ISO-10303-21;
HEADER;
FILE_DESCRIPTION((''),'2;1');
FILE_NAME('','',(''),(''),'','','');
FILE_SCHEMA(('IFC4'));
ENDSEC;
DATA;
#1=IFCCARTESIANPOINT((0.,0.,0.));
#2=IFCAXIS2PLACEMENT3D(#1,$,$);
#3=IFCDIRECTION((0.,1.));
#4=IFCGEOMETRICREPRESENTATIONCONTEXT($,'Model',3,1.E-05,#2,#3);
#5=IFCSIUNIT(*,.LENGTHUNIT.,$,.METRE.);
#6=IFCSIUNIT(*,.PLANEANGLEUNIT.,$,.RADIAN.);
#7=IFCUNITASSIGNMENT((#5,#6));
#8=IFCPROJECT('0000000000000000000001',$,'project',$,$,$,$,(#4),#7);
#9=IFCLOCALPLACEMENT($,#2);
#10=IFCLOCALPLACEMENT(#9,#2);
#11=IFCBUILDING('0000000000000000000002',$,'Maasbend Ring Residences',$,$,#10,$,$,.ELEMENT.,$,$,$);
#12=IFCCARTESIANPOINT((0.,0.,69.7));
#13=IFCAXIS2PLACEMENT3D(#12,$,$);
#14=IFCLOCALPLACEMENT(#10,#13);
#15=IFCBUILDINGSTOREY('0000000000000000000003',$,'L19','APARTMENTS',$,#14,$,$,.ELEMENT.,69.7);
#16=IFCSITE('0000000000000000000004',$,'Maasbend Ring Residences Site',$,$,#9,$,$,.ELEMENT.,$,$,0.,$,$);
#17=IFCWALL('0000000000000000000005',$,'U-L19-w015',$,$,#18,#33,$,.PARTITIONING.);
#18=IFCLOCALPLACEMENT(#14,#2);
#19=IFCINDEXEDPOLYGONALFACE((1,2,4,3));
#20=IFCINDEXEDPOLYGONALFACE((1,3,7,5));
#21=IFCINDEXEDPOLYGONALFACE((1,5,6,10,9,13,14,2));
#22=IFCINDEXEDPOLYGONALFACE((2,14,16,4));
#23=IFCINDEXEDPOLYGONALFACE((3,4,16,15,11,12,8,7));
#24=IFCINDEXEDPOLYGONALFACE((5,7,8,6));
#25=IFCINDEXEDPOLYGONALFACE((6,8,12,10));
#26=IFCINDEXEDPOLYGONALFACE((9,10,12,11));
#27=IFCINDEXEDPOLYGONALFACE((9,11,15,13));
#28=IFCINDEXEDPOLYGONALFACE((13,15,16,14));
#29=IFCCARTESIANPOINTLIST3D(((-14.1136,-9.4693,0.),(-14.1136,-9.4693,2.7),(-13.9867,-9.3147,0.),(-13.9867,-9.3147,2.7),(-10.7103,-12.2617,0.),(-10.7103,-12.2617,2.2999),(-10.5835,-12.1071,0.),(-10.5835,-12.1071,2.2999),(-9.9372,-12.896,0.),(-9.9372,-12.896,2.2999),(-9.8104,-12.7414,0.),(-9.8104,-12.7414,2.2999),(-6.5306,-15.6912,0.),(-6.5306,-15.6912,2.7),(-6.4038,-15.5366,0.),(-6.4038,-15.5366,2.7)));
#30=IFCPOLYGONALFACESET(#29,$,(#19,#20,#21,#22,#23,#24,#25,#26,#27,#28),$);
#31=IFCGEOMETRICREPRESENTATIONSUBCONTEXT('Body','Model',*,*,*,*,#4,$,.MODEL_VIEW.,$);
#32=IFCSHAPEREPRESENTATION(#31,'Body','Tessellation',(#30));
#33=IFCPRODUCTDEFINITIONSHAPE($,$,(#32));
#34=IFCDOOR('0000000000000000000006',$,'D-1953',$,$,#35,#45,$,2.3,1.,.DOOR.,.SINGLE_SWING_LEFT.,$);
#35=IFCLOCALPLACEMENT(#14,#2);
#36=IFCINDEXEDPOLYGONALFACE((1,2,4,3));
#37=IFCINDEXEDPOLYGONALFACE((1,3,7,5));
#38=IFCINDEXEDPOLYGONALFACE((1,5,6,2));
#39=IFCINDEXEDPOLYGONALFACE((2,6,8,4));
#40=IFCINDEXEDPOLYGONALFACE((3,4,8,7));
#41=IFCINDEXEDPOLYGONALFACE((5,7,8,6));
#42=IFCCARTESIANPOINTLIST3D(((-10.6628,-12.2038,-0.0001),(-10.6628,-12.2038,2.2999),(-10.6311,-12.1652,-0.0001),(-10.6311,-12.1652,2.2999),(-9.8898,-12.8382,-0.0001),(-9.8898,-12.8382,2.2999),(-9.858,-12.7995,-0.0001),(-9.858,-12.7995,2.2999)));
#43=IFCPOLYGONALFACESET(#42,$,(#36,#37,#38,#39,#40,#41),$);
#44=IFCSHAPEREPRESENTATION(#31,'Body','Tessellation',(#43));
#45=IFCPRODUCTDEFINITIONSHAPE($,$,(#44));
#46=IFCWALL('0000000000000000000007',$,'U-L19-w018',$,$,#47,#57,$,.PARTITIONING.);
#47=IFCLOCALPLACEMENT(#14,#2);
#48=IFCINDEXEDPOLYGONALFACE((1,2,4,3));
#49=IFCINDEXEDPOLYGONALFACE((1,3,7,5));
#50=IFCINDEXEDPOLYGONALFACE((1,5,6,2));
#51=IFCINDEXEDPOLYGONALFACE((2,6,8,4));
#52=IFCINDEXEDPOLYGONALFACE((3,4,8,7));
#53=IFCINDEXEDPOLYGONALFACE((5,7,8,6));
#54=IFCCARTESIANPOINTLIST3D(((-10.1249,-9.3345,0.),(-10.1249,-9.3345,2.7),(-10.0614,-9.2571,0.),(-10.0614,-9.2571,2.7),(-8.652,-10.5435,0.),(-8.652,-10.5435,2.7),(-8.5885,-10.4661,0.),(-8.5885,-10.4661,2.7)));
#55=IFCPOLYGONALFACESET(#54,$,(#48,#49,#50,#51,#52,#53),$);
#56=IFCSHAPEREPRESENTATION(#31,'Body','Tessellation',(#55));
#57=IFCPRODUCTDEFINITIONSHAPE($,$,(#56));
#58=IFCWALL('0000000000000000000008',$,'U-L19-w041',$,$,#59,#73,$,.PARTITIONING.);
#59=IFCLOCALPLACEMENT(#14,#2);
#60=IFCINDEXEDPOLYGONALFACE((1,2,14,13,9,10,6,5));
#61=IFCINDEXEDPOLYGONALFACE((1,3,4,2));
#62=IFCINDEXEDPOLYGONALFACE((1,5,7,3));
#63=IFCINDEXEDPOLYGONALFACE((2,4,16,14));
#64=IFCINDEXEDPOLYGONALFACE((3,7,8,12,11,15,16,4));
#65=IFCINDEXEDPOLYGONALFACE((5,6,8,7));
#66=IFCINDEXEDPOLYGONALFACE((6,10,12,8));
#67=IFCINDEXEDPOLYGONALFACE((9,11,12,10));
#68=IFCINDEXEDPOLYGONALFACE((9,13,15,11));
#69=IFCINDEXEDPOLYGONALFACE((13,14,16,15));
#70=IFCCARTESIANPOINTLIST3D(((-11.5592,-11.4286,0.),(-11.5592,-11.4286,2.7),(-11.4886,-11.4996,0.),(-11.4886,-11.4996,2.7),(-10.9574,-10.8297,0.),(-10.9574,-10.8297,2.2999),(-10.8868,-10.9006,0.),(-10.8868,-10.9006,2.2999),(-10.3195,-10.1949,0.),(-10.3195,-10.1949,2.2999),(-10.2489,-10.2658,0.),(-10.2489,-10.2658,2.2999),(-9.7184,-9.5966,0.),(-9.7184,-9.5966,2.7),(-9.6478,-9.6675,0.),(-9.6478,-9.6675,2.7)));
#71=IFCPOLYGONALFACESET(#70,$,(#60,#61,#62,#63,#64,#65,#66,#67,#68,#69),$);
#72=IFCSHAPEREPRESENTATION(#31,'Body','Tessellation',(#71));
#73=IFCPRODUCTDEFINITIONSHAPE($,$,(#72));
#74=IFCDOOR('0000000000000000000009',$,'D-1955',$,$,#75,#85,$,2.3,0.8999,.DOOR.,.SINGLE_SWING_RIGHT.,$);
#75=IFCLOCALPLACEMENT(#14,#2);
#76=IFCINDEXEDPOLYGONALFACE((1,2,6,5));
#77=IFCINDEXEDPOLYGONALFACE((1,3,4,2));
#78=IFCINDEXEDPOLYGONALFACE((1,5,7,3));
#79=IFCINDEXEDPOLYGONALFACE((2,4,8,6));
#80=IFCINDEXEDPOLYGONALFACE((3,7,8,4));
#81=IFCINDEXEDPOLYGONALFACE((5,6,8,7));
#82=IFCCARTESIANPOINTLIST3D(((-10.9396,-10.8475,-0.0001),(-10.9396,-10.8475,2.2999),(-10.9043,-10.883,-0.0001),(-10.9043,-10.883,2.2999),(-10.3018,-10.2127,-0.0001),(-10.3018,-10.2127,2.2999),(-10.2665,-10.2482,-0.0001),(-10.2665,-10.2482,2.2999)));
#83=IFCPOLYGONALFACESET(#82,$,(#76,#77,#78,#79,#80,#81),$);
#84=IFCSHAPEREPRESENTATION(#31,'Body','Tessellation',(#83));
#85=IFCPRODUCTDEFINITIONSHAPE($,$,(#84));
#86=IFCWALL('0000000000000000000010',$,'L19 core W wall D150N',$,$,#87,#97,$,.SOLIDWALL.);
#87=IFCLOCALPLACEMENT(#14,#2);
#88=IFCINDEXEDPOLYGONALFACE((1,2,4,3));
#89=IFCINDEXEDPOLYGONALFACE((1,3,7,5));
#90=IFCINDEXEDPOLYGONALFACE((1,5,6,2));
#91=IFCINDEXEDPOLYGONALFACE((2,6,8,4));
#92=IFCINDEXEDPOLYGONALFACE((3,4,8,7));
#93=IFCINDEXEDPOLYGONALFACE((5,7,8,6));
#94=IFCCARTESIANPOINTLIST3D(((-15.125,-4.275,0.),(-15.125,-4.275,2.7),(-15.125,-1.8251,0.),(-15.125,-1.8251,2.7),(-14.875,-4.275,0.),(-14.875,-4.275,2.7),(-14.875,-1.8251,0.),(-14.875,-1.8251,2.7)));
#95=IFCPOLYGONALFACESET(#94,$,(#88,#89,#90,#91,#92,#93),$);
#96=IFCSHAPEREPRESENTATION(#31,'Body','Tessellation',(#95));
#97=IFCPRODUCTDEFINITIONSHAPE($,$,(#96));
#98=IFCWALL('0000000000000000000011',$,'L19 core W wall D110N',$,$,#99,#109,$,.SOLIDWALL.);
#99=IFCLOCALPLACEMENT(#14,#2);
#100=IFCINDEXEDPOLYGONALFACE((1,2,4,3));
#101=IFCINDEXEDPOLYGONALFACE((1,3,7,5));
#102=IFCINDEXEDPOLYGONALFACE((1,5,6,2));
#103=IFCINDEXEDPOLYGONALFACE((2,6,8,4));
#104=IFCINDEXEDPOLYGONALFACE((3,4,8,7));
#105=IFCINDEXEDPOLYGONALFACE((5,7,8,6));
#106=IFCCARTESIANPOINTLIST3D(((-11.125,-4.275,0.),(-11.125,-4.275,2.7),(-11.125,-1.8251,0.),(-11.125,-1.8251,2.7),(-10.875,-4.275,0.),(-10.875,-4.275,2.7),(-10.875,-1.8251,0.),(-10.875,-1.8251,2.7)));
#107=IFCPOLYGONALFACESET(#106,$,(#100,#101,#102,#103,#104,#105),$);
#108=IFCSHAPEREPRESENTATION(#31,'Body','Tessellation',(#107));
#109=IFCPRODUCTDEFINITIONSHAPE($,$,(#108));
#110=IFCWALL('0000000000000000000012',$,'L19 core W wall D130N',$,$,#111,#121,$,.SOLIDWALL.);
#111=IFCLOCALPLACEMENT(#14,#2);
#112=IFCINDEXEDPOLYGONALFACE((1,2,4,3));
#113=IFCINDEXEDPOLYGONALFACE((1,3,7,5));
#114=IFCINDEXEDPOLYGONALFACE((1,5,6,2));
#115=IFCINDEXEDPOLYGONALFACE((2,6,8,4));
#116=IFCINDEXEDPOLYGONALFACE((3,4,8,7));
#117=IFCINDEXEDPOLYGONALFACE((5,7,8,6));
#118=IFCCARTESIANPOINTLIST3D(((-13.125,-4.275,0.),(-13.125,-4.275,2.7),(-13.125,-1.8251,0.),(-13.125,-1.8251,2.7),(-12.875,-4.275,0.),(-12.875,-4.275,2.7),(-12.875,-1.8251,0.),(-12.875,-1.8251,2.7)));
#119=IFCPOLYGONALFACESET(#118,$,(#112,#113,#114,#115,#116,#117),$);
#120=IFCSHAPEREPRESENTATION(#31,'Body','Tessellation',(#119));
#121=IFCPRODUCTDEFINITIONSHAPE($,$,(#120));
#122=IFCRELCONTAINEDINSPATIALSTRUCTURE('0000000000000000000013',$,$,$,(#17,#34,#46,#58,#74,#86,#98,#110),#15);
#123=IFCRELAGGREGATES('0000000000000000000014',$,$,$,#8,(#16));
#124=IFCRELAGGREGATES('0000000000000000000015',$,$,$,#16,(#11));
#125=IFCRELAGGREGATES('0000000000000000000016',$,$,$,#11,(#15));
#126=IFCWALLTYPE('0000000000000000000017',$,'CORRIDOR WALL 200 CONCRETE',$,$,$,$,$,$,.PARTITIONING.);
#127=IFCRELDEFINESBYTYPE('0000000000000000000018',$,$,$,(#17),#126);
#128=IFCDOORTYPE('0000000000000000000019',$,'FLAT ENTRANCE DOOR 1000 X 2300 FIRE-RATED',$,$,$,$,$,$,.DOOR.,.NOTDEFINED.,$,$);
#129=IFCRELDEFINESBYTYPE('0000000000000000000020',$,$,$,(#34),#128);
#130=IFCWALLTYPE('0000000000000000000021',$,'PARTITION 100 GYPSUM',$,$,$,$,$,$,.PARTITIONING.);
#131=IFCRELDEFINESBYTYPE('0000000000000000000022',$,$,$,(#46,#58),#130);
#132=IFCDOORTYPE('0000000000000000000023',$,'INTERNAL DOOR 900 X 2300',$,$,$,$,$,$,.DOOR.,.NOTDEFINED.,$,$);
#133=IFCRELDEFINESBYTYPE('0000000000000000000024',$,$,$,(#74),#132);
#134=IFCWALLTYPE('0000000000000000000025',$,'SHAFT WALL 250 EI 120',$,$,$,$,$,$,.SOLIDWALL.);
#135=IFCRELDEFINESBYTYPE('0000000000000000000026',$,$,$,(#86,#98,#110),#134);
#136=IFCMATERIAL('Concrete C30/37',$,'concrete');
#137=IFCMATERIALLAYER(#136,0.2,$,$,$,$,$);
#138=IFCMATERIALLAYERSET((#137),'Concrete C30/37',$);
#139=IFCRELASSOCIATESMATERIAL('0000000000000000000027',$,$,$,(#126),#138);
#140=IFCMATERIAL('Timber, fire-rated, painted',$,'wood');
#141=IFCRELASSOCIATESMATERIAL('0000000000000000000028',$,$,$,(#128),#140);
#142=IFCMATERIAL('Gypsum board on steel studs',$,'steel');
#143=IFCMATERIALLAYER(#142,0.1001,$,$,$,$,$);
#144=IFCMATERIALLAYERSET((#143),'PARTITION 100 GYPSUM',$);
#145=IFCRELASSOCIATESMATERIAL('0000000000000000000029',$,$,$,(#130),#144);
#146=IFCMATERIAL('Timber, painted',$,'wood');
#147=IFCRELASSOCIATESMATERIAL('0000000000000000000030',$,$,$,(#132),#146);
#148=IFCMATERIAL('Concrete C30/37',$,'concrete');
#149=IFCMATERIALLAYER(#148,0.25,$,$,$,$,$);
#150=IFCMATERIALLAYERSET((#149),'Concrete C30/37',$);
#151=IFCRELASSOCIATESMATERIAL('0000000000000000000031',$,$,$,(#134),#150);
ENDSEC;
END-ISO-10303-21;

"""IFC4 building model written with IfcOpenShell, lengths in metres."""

from ifc_helpers import new_model, si_unit, direction, frame, frame_2d, origin, place, context, subcontext, project, spatial, rectangle, extrude, material, layer, layer_set, type_object, element, fill, save


model = new_model("IFC4")

# Units and contexts
model_context = context("Model", 3, precision=1e-05, world=origin(), true_north=direction((0.0, 1.0)))
body_context = subcontext(model_context, "Body", "Model", "MODEL_VIEW")
ifc_project = project(units=[si_unit("LENGTHUNIT", "METRE"), si_unit("PLANEANGLEUNIT", "RADIAN")], contexts=[model_context])

# Site, building, storey
site_placement = place(None, origin())
site = spatial("IfcSite", under=ifc_project, at=site_placement, Name="Maasbend Ring Residences Site", CompositionType="ELEMENT", RefElevation=0.0)
building_placement = place(site_placement, origin())
building = spatial("IfcBuilding", under=site, at=building_placement, Name="Maasbend Ring Residences", CompositionType="ELEMENT")
storey_placement = place(building_placement, frame((0.0, 0.0, 69.7)))
storey = spatial("IfcBuildingStorey", under=building, at=storey_placement, Name="L19", Description="APARTMENTS", CompositionType="ELEMENT", Elevation=69.7)

# Wall, opening, door
ifc_material_1 = material(Name="Concrete C30/37", Category="concrete")
ifc_layer_1 = layer(ifc_material_1, 0.2)
ifc_layer_set_1 = layer_set([ifc_layer_1], Name="Concrete C30/37")
wall_type_1 = type_object("IfcWallType", Name="CORRIDOR WALL 200 CONCRETE", PredefinedType="PARTITIONING", material=ifc_layer_set_1)
ifc_material_2 = material(Name="Timber, fire-rated, painted", Category="wood")
door_type_1 = type_object("IfcDoorType", Name="FLAT ENTRANCE DOOR 1000 X 2300 FIRE-RATED", OperationType="NOTDEFINED", PredefinedType="DOOR", material=ifc_material_2)
wall_1_placement = place(storey_placement, frame((-14.05, -9.3921, 0.0), z_axis=(0.0, 0.0, 1.0), x_axis=(0.773075, -0.634315, 0.0)))
wall_1 = element("IfcWall", 1, at=wall_1_placement, inside=storey, type_object=wall_type_1, Name="U-L19-w015", PredefinedType="PARTITIONING", context=body_context, shape_type="SweptSolid", body=[
    extrude(rectangle(XDim=9.8088, YDim=0.2, at=frame_2d((4.9043, 0.0))), origin(), (0.0, 0.0, 1.0), 2.7),
])
opening_1_placement = place(wall_1_placement, frame((4.4021, 0.0, 0.0)))
opening_1 = element("IfcOpeningElement", 2, at=opening_1_placement, cuts=wall_1, PredefinedType="OPENING", context=body_context, shape_type="SweptSolid", body=[
    extrude(rectangle(XDim=1.0, YDim=2.3, at=frame_2d((0.5, 1.1499))), frame((0.0, 0.1099, 0.0), z_axis=(0.0, -1.0, 0.0), x_axis=(1.0, 0.0, 0.0)), (0.0, 0.0, 1.0), 0.22),
])
door_1_placement = place(opening_1_placement, origin())
door_1 = element("IfcDoor", 3, at=door_1_placement, inside=storey, type_object=door_type_1, Name="D-1953", OperationType="SINGLE_SWING_LEFT", OverallHeight=2.3, OverallWidth=1.0, PredefinedType="DOOR", context=body_context, shape_type="SweptSolid", body=[
    extrude(rectangle(XDim=1.0, YDim=2.3, at=frame_2d((0.5, 1.1499))), frame((0.0, 0.0249, 0.0), z_axis=(0.0, -1.0, 0.0), x_axis=(1.0, 0.0, 0.0)), (0.0, 0.0, 1.0), 0.05),
])
fill(opening_1, door_1)

# Wall
ifc_material_3 = material(Name="Gypsum board on steel studs", Category="steel")
ifc_layer_2 = layer(ifc_material_3, 0.1001)
ifc_layer_set_2 = layer_set([ifc_layer_2], Name="PARTITION 100 GYPSUM")
wall_type_2 = type_object("IfcWallType", Name="PARTITION 100 GYPSUM", PredefinedType="PARTITIONING", material=ifc_layer_set_2)
wall_2_placement = place(storey_placement, frame((-10.093, -9.2959, 0.0), z_axis=(0.0, 0.0, 1.0), x_axis=(0.772957, -0.634458, 0.0)))
element("IfcWall", 4, at=wall_2_placement, inside=storey, type_object=wall_type_2, Name="U-L19-w018", PredefinedType="PARTITIONING", context=body_context, shape_type="SweptSolid", body=[
    extrude(rectangle(XDim=1.9055, YDim=0.1001, at=frame_2d((0.9526, 0.0))), origin(), (0.0, 0.0, 1.0), 2.7),
])

# Wall, opening, door
wall_3_placement = place(storey_placement, frame((-11.5239, -11.4641, 0.0), z_axis=(0.0, 0.0, 1.0), x_axis=(0.708797, 0.705413, 0.0)))
wall_3 = element("IfcWall", 5, at=wall_3_placement, inside=storey, type_object=wall_type_2, Name="U-L19-w041", PredefinedType="PARTITIONING", context=body_context, shape_type="SweptSolid", body=[
    extrude(rectangle(XDim=2.5972, YDim=0.1001, at=frame_2d((1.2986, 0.0))), origin(), (0.0, 0.0, 1.0), 2.7),
])
opening_2_placement = place(wall_3_placement, frame((0.8491, 0.0, 0.0)))
opening_2 = element("IfcOpeningElement", 6, at=opening_2_placement, cuts=wall_3, PredefinedType="OPENING", context=body_context, shape_type="SweptSolid", body=[
    extrude(rectangle(XDim=0.8999, YDim=2.3, at=frame_2d((0.45, 1.1499))), frame((0.0, 0.0601, 0.0), z_axis=(0.0, -1.0, 0.0), x_axis=(1.0, 0.0, 0.0)), (0.0, 0.0, 1.0), 0.1201),
])
ifc_material_4 = material(Name="Timber, painted", Category="wood")
door_type_2 = type_object("IfcDoorType", Name="INTERNAL DOOR 900 X 2300", OperationType="NOTDEFINED", PredefinedType="DOOR", material=ifc_material_4)
door_2_placement = place(opening_2_placement, origin())
door_2 = element("IfcDoor", 7, at=door_2_placement, inside=storey, type_object=door_type_2, Name="D-1955", OperationType="SINGLE_SWING_RIGHT", OverallHeight=2.3, OverallWidth=0.8999, PredefinedType="DOOR", context=body_context, shape_type="SweptSolid", body=[
    extrude(rectangle(XDim=0.8999, YDim=2.3, at=frame_2d((0.45, 1.1499))), frame((0.0, 0.0249, 0.0), z_axis=(0.0, -1.0, 0.0), x_axis=(1.0, 0.0, 0.0)), (0.0, 0.0, 1.0), 0.05),
])
fill(opening_2, door_2)

# Walls
ifc_material_5 = material(Name="Concrete C30/37", Category="concrete")
ifc_layer_3 = layer(ifc_material_5, 0.25)
ifc_layer_set_3 = layer_set([ifc_layer_3], Name="Concrete C30/37")
wall_type_3 = type_object("IfcWallType", Name="SHAFT WALL 250 EI 120", PredefinedType="SOLIDWALL", material=ifc_layer_set_3)
for number, where, z_axis, x_axis, name in (
    (8, (-15.0, -1.825, 0.0), (0.0, 0.0, 1.0), (0.0, -1.0, 0.0), "L19 core W wall D150N"),
    (9, (-11.0, -1.825, 0.0), (0.0, 0.0, 1.0), (0.0, -1.0, 0.0), "L19 core W wall D110N"),
    (10, (-13.0, -1.825, 0.0), (0.0, 0.0, 1.0), (0.0, -1.0, 0.0), "L19 core W wall D130N"),
):
    element("IfcWall", number, at=place(storey_placement, frame(where, z_axis=z_axis, x_axis=x_axis)), inside=storey, type_object=wall_type_3, Name=name, PredefinedType="SOLIDWALL", context=body_context, shape_type="SweptSolid", body=[
        extrude(rectangle(XDim=2.45, YDim=0.25, at=frame_2d((1.2251, 0.0))), origin(), (0.0, 0.0, 1.0), 2.7),
    ])

save(model, "model.ifc")
